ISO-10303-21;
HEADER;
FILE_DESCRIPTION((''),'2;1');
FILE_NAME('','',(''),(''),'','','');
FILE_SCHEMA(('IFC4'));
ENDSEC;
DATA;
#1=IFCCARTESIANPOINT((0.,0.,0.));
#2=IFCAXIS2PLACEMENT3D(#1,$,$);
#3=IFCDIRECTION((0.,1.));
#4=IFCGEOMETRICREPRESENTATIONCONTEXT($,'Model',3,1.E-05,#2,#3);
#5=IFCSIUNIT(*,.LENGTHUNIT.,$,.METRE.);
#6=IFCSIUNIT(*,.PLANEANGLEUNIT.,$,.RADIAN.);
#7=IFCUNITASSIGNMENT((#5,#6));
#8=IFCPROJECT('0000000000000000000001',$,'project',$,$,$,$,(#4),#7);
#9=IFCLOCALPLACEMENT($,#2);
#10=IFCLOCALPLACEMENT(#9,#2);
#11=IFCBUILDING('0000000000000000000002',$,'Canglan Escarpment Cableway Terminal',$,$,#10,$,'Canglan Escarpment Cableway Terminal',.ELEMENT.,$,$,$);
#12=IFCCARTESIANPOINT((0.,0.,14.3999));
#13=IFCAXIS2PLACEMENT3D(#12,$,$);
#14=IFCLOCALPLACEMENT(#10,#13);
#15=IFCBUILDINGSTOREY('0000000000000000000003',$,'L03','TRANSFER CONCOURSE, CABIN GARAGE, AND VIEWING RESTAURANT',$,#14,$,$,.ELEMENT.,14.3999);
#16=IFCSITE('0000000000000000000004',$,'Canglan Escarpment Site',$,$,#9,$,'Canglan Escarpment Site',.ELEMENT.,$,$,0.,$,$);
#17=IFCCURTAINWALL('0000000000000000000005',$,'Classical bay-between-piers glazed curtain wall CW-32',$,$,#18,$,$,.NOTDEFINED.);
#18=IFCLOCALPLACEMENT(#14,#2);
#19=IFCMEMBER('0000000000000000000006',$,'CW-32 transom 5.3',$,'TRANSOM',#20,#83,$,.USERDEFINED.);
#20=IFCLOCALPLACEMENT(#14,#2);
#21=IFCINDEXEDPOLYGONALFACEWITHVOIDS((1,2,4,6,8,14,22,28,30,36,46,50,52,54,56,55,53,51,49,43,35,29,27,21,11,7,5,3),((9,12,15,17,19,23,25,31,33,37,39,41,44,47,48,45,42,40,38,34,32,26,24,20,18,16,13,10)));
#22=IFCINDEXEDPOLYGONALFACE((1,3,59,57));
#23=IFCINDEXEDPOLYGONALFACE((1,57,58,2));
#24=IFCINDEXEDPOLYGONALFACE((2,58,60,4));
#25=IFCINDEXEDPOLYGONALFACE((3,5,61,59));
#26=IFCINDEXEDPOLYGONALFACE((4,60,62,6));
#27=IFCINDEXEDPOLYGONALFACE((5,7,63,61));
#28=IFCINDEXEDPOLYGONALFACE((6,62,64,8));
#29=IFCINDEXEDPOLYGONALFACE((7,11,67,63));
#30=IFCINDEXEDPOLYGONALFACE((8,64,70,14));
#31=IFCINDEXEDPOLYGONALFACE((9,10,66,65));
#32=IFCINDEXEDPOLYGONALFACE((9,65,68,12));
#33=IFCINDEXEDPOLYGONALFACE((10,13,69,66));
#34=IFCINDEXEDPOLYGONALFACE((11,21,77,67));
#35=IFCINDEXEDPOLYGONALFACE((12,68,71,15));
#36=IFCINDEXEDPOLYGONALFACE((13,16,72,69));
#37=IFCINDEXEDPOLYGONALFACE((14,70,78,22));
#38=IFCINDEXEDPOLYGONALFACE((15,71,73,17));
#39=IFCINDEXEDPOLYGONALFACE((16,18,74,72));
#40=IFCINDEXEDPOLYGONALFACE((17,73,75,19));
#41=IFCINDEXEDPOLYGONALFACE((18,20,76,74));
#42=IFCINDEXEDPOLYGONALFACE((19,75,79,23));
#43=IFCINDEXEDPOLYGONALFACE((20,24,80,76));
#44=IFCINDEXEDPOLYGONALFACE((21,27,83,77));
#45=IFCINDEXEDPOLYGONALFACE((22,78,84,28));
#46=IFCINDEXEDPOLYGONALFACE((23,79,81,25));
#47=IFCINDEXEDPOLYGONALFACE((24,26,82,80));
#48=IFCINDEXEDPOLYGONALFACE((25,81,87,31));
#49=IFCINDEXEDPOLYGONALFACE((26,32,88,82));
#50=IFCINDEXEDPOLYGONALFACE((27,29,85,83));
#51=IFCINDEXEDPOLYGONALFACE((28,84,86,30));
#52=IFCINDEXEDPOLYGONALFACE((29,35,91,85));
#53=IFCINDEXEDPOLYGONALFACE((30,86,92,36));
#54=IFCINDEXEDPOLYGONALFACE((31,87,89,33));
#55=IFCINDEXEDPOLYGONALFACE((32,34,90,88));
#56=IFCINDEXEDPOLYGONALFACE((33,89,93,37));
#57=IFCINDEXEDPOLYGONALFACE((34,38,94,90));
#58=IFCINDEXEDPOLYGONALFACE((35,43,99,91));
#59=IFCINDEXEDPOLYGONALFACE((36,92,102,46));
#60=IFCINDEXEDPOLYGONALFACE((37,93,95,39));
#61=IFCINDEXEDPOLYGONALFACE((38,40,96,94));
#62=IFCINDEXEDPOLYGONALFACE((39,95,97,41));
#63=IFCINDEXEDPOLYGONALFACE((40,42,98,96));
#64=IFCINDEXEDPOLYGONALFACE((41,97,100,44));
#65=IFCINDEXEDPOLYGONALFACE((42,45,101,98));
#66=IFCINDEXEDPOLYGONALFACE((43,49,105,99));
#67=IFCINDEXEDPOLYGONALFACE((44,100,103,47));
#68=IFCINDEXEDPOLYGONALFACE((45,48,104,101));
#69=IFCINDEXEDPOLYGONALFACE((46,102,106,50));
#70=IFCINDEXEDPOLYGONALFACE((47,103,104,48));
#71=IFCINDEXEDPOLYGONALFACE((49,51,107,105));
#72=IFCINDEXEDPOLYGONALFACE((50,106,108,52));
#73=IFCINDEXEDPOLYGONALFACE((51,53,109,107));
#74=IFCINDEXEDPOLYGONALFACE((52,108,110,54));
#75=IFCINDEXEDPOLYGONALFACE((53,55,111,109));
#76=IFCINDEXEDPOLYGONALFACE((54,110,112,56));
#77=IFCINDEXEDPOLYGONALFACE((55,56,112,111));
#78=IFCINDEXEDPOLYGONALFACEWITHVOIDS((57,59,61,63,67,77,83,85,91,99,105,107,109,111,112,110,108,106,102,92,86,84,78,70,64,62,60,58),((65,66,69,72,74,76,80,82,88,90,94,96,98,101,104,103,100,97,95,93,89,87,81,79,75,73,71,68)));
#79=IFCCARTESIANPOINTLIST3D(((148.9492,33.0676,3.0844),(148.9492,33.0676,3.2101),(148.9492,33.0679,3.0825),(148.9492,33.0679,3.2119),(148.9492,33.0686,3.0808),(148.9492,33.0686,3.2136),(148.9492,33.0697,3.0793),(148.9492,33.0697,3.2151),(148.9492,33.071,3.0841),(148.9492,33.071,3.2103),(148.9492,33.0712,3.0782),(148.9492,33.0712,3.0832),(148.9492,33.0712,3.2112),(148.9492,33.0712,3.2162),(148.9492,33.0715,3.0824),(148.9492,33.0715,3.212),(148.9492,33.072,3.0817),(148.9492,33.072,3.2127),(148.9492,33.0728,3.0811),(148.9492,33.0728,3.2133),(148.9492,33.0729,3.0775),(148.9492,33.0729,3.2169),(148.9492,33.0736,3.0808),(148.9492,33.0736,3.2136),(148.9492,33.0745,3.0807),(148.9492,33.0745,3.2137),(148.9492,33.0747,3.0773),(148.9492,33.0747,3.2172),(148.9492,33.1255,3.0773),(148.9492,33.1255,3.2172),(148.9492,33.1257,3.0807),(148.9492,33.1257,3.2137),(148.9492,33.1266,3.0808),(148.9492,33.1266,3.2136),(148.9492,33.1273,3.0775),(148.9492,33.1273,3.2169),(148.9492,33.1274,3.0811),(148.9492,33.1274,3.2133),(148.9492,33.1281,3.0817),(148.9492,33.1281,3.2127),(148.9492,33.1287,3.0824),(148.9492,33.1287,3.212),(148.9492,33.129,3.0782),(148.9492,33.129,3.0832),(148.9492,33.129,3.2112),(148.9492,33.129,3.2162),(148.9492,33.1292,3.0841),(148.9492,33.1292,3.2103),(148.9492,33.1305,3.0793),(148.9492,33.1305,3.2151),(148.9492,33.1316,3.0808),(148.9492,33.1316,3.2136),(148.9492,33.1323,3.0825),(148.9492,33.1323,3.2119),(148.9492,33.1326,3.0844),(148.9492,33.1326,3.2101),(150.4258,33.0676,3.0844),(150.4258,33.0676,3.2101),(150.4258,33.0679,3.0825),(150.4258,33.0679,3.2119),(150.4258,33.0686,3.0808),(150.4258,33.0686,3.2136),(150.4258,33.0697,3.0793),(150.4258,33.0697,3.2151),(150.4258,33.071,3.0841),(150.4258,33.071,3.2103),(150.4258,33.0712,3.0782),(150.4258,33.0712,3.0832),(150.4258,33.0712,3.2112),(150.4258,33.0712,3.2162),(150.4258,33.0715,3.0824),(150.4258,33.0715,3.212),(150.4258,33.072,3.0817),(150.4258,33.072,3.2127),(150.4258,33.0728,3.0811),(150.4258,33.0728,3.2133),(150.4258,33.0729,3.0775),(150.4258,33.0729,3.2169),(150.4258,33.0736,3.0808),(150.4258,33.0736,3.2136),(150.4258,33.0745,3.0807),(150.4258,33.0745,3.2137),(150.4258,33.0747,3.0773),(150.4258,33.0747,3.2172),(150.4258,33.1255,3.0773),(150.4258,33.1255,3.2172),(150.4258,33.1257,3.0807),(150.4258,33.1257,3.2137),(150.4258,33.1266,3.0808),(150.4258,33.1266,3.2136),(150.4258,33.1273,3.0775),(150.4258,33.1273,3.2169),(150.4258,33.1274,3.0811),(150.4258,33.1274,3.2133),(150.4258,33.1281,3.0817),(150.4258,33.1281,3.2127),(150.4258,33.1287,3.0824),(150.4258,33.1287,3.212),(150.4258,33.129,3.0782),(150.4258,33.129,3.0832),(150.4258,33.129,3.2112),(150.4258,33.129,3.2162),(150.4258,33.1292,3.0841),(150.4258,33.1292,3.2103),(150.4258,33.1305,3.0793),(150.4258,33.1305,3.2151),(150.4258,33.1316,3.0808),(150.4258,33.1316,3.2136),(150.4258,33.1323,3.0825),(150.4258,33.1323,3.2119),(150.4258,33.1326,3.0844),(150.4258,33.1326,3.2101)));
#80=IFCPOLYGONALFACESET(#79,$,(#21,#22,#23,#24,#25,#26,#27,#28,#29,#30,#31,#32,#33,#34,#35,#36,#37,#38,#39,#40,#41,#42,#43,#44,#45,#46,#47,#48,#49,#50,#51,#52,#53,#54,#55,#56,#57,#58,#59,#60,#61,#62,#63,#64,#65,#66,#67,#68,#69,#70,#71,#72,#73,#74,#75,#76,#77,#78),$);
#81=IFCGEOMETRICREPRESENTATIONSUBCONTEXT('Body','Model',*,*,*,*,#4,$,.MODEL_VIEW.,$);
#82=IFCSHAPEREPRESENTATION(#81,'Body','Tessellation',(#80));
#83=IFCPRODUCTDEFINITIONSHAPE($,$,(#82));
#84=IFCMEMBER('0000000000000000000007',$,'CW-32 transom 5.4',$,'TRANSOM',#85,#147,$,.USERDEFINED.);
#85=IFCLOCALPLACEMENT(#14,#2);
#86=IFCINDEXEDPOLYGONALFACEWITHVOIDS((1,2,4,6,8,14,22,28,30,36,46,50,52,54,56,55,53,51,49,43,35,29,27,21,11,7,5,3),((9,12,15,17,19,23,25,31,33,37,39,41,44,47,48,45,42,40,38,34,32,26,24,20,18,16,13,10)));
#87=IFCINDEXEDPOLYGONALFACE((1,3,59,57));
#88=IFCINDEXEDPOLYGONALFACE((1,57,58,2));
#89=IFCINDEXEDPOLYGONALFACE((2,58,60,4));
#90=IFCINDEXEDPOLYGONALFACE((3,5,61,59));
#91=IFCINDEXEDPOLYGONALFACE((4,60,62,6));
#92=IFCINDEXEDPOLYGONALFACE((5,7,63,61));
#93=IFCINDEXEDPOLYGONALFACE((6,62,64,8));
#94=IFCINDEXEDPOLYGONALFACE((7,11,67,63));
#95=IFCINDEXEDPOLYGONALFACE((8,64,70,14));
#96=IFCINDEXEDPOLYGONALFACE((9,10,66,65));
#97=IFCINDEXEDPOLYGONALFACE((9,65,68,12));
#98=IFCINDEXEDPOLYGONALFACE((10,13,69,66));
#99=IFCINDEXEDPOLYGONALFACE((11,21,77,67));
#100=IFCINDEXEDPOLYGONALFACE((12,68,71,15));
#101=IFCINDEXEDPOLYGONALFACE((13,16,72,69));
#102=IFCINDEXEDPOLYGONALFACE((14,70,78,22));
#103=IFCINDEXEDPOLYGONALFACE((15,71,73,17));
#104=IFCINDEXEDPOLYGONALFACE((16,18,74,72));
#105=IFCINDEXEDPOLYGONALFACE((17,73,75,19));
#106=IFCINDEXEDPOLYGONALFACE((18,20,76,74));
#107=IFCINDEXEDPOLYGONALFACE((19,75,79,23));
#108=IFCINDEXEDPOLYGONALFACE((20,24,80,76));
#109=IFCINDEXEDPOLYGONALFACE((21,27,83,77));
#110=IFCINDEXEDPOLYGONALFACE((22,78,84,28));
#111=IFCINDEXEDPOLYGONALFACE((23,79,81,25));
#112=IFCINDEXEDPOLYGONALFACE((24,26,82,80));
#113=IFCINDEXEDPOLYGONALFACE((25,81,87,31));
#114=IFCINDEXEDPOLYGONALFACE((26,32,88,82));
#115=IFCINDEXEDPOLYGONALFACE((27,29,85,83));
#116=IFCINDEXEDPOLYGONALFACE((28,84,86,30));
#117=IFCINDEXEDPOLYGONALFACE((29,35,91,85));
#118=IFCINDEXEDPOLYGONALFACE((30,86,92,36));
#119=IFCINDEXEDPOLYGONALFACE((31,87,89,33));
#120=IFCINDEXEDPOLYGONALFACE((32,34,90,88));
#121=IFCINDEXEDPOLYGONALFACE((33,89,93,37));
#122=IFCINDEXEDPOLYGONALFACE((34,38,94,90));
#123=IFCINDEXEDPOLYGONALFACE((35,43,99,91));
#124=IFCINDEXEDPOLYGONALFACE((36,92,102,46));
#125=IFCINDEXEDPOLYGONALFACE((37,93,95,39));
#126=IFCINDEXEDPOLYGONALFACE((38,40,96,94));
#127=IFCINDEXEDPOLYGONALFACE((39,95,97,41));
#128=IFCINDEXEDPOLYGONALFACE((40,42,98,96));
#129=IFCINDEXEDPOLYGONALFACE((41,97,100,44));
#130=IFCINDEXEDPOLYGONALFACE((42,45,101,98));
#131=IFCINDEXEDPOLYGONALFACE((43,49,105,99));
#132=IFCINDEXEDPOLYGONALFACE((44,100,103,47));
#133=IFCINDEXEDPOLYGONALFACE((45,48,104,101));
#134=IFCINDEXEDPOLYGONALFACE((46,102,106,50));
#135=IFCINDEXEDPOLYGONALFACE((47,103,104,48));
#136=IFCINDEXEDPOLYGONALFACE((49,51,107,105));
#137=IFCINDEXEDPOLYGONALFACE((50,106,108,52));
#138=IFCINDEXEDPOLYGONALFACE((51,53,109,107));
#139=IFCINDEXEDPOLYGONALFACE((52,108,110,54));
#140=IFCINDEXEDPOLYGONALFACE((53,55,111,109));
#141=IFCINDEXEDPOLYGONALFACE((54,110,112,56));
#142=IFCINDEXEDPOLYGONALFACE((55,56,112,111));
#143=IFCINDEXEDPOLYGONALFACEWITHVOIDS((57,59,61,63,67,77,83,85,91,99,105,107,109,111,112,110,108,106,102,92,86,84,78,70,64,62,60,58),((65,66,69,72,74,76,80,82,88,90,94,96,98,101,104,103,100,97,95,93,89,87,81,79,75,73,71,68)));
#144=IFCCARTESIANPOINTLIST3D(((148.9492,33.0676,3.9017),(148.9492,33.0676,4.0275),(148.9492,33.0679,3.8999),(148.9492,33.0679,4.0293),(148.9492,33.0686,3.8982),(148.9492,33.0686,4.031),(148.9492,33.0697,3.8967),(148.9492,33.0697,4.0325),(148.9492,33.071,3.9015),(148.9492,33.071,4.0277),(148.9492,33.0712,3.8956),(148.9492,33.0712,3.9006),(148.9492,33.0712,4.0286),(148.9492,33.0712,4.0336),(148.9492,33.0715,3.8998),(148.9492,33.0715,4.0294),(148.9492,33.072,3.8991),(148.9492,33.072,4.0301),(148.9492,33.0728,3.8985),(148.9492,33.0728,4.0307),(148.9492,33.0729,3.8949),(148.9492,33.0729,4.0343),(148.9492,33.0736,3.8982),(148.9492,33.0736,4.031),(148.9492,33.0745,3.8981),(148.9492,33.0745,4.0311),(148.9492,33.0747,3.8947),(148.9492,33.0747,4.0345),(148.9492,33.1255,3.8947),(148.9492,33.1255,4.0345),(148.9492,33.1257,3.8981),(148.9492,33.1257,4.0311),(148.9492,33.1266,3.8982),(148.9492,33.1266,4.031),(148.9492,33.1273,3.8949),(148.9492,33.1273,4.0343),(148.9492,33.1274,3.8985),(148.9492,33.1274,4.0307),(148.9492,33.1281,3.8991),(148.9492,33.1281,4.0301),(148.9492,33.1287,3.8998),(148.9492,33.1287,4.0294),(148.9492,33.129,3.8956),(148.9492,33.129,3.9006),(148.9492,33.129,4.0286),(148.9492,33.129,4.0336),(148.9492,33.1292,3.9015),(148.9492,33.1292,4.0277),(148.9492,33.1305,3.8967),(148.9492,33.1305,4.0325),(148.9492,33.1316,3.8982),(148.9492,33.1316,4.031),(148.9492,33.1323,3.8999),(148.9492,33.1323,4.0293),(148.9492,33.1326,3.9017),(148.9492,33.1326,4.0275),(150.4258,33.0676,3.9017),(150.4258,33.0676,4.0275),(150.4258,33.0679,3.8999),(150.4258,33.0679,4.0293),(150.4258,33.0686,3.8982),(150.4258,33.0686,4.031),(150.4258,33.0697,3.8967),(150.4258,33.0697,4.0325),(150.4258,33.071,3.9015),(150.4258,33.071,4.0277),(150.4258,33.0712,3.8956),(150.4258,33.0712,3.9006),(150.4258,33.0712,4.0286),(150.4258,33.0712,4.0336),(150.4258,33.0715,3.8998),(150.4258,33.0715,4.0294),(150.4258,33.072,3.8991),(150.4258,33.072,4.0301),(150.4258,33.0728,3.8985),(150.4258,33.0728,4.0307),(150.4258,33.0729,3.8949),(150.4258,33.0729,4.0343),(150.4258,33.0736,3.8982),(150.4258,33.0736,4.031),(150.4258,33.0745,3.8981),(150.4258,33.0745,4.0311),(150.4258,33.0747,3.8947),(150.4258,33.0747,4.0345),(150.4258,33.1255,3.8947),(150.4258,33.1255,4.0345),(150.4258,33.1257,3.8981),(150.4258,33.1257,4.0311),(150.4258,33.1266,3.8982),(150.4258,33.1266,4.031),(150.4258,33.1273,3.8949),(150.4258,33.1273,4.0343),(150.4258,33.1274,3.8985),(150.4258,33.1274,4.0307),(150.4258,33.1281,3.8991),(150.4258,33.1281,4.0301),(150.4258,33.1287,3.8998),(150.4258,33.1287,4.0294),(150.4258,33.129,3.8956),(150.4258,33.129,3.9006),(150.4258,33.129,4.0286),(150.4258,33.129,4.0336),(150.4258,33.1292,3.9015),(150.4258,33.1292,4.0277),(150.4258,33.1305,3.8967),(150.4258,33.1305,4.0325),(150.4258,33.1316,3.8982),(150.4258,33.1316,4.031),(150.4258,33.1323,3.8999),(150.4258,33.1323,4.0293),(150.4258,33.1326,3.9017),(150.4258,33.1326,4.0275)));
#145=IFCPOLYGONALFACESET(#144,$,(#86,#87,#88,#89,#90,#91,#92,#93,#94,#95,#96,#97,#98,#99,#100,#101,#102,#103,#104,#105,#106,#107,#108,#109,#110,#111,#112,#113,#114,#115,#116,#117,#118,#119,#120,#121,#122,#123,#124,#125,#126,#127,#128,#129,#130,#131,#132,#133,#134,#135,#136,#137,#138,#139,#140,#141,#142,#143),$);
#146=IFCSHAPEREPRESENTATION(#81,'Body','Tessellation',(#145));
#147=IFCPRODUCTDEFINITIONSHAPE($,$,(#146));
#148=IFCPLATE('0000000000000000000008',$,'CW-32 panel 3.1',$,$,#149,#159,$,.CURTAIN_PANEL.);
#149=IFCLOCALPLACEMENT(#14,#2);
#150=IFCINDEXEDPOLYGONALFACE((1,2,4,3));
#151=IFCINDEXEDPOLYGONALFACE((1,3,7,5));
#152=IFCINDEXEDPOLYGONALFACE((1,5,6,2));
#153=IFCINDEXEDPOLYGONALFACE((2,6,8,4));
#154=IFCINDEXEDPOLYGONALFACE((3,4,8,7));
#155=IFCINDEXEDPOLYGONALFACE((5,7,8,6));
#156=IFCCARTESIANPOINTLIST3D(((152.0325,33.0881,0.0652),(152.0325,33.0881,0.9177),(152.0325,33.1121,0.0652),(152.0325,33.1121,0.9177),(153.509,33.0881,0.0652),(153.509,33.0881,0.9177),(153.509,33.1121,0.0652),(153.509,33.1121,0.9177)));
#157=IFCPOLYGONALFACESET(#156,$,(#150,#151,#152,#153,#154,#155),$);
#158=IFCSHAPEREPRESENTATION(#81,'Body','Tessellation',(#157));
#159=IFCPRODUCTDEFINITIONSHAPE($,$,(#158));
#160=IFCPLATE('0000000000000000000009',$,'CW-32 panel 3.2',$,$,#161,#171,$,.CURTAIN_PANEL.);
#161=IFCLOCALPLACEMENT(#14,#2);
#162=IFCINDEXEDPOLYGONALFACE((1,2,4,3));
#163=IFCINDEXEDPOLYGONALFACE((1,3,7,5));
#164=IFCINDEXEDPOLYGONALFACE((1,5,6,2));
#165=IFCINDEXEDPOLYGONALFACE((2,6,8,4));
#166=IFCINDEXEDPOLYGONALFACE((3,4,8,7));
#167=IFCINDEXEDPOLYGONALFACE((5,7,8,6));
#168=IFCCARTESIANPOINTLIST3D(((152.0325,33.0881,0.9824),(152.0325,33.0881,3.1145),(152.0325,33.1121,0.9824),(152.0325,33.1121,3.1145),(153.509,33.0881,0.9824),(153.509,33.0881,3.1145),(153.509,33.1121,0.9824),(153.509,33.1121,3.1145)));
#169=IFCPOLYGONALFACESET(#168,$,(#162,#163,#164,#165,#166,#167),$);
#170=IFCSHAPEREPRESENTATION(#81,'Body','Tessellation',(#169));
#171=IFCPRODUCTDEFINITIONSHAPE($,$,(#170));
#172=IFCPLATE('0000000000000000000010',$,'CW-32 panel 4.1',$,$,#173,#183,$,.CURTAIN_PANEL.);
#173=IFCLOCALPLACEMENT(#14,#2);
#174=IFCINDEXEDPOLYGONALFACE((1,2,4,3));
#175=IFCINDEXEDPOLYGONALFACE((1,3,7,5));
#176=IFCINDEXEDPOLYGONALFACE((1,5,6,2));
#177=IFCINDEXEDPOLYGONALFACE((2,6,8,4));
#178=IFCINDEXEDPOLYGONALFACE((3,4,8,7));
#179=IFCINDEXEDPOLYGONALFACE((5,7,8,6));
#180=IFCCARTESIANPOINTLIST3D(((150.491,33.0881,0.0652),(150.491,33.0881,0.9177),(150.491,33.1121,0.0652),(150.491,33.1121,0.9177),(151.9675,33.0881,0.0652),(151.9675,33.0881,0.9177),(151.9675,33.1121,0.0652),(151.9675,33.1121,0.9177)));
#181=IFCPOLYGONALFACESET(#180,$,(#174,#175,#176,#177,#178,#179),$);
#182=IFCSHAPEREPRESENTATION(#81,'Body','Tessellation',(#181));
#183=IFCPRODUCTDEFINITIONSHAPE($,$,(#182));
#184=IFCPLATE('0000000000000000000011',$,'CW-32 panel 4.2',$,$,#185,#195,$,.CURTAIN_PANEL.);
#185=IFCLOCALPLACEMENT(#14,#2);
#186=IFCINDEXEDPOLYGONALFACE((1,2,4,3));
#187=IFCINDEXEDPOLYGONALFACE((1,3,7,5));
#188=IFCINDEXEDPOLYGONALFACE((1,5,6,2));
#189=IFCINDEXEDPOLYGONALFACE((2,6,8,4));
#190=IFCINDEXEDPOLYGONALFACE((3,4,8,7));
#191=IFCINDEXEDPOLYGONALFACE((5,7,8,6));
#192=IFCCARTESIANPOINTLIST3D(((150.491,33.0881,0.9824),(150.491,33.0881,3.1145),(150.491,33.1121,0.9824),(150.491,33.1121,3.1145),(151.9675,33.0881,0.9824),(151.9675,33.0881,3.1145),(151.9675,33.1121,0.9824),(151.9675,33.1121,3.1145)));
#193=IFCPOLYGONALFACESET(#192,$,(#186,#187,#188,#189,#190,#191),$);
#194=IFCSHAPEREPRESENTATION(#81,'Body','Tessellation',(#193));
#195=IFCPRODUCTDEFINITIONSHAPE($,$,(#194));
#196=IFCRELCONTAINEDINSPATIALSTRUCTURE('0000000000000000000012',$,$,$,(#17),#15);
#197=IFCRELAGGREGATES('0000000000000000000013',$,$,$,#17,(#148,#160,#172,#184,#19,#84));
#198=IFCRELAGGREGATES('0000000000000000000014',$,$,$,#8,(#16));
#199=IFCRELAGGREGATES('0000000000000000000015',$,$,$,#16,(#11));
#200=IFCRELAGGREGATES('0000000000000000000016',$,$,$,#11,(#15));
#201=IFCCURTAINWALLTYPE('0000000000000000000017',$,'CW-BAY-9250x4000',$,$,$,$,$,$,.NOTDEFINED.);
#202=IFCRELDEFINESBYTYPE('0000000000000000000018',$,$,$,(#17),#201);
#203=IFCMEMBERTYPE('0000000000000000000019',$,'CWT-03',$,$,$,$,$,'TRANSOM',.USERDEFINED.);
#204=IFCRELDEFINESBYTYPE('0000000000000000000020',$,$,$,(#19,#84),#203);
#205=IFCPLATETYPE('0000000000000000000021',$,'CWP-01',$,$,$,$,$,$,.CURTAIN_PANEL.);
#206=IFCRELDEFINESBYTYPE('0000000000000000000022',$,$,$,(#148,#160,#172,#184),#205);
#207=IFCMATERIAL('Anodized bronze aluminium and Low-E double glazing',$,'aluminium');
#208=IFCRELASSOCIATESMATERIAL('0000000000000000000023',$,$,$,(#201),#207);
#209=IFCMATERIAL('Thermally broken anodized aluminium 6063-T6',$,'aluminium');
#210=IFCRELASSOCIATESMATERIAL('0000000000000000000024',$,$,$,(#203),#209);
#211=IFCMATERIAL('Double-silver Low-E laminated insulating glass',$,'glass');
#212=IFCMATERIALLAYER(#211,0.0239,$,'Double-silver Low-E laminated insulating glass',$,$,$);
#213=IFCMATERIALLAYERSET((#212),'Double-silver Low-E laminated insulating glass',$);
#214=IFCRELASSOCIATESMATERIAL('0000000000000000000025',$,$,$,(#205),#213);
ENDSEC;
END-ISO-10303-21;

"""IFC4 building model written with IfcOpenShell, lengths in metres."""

from ifc_helpers import new_model, si_unit, direction, frame, origin, origin_2d, place, context, subcontext, project, spatial, rectangle, hollow_rectangle, extrude, material, layer, layer_set, material_profile, profile_set, type_object, element, aggregate, save


model = new_model("IFC4")

# Units and contexts
model_context = context("Model", 3, precision=1e-05, world=origin(), true_north=direction((0.0, 1.0)))
body_context = subcontext(model_context, "Body", "Model", "MODEL_VIEW")
ifc_project = project(units=[si_unit("LENGTHUNIT", "METRE"), si_unit("PLANEANGLEUNIT", "RADIAN")], contexts=[model_context])

# Site, building, storey
site_placement = place(None, origin())
site = spatial("IfcSite", under=ifc_project, at=site_placement, Name="Canglan Escarpment Site", LongName="Canglan Escarpment Site", CompositionType="ELEMENT", RefElevation=0.0)
building_placement = place(site_placement, origin())
building = spatial("IfcBuilding", under=site, at=building_placement, Name="Canglan Escarpment Cableway Terminal", LongName="Canglan Escarpment Cableway Terminal", CompositionType="ELEMENT")
storey_placement = place(building_placement, frame((0.0, 0.0, 14.3999)))
storey = spatial("IfcBuildingStorey", under=building, at=storey_placement, Name="L03", Description="TRANSFER CONCOURSE, CABIN GARAGE, AND VIEWING RESTAURANT", CompositionType="ELEMENT", Elevation=14.3999)

# Curtain wall, members, plates
ifc_material_1 = material(Name="Anodized bronze aluminium and Low-E double glazing", Category="aluminium")
curtain_wall_type = type_object("IfcCurtainWallType", Name="CW-BAY-9250x4000", PredefinedType="NOTDEFINED", material=ifc_material_1)
curtain_wall_placement = place(storey_placement, origin())
curtain_wall = element("IfcCurtainWall", 1, at=curtain_wall_placement, inside=storey, type_object=curtain_wall_type, Name="Classical bay-between-piers glazed curtain wall CW-32", PredefinedType="NOTDEFINED")
ifc_material_2 = material(Name="Thermally broken anodized aluminium 6063-T6", Category="aluminium")
ifc_material_profile_1 = material_profile(ifc_material_2, hollow_rectangle(XDim=0.0649, YDim=0.1399, WallThickness=0.0034, InnerFilletRadius=0.0034, OuterFilletRadius=0.0071, at=origin_2d()), Name="ALU-TRAN 65x140x3.5")
ifc_profile_set_1 = profile_set([ifc_material_profile_1], Name="Thermally broken anodized aluminium 6063-T6")
member_type_1 = type_object("IfcMemberType", Name="CWT-03", ElementType="TRANSOM", PredefinedType="USERDEFINED", material=ifc_profile_set_1)
member_1_placement = place(storey_placement, frame((150.4258, 33.1001, 3.1472), z_axis=(-1.0, 0.0, 0.0), x_axis=(0.0, -1.0, 0.0)))
member_1 = element("IfcMember", 2, at=member_1_placement, type_object=member_type_1, Name="CW-32 transom 5.3", ObjectType="TRANSOM", PredefinedType="USERDEFINED", context=body_context, shape_type="SweptSolid", body=[
    extrude(hollow_rectangle(XDim=0.0649, YDim=0.1399, WallThickness=0.0034, InnerFilletRadius=0.0034, OuterFilletRadius=0.0071, at=origin_2d()), origin(), (0.0, 0.0, 1.0), 1.4766),
])
member_2_placement = place(storey_placement, frame((150.4258, 33.1001, 3.9646), z_axis=(-1.0, 0.0, 0.0), x_axis=(0.0, -1.0, 0.0)))
member_2 = element("IfcMember", 3, at=member_2_placement, type_object=member_type_1, Name="CW-32 transom 5.4", ObjectType="TRANSOM", PredefinedType="USERDEFINED", context=body_context, shape_type="SweptSolid", body=[
    extrude(hollow_rectangle(XDim=0.0649, YDim=0.1399, WallThickness=0.0034, InnerFilletRadius=0.0034, OuterFilletRadius=0.0071, at=origin_2d()), origin(), (0.0, 0.0, 1.0), 1.4766),
])
ifc_material_3 = material(Name="Double-silver Low-E laminated insulating glass", Category="glass")
ifc_layer_1 = layer(ifc_material_3, 0.0239, Name="Double-silver Low-E laminated insulating glass")
ifc_layer_set_1 = layer_set([ifc_layer_1], Name="Double-silver Low-E laminated insulating glass")
plate_type = type_object("IfcPlateType", Name="CWP-01", PredefinedType="CURTAIN_PANEL", material=ifc_layer_set_1)
plate_1_placement = place(storey_placement, frame((152.7708, 33.1001, 0.0652), z_axis=(0.0, 0.0, 1.0), x_axis=(-1.0, 0.0, 0.0)))
plate_1 = element("IfcPlate", 4, at=plate_1_placement, type_object=plate_type, Name="CW-32 panel 3.1", PredefinedType="CURTAIN_PANEL", context=body_context, shape_type="SweptSolid", body=[
    extrude(rectangle(XDim=1.4766, YDim=0.0239, at=origin_2d()), origin(), (0.0, 0.0, 1.0), 0.8525),
])
plate_2_placement = place(storey_placement, frame((152.7708, 33.1001, 0.9824), z_axis=(0.0, 0.0, 1.0), x_axis=(-1.0, 0.0, 0.0)))
plate_2 = element("IfcPlate", 5, at=plate_2_placement, type_object=plate_type, Name="CW-32 panel 3.2", PredefinedType="CURTAIN_PANEL", context=body_context, shape_type="SweptSolid", body=[
    extrude(rectangle(XDim=1.4766, YDim=0.0239, at=origin_2d()), origin(), (0.0, 0.0, 1.0), 2.1321),
])
plate_3_placement = place(storey_placement, frame((151.2292, 33.1001, 0.0652), z_axis=(0.0, 0.0, 1.0), x_axis=(-1.0, 0.0, 0.0)))
plate_3 = element("IfcPlate", 6, at=plate_3_placement, type_object=plate_type, Name="CW-32 panel 4.1", PredefinedType="CURTAIN_PANEL", context=body_context, shape_type="SweptSolid", body=[
    extrude(rectangle(XDim=1.4766, YDim=0.0239, at=origin_2d()), origin(), (0.0, 0.0, 1.0), 0.8525),
])
plate_4_placement = place(storey_placement, frame((151.2292, 33.1001, 0.9824), z_axis=(0.0, 0.0, 1.0), x_axis=(-1.0, 0.0, 0.0)))
plate_4 = element("IfcPlate", 7, at=plate_4_placement, type_object=plate_type, Name="CW-32 panel 4.2", PredefinedType="CURTAIN_PANEL", context=body_context, shape_type="SweptSolid", body=[
    extrude(rectangle(XDim=1.4766, YDim=0.0239, at=origin_2d()), origin(), (0.0, 0.0, 1.0), 2.1321),
])
aggregate(curtain_wall, [plate_1, plate_2, plate_3, plate_4, member_1, member_2])

save(model, "model.ifc")
